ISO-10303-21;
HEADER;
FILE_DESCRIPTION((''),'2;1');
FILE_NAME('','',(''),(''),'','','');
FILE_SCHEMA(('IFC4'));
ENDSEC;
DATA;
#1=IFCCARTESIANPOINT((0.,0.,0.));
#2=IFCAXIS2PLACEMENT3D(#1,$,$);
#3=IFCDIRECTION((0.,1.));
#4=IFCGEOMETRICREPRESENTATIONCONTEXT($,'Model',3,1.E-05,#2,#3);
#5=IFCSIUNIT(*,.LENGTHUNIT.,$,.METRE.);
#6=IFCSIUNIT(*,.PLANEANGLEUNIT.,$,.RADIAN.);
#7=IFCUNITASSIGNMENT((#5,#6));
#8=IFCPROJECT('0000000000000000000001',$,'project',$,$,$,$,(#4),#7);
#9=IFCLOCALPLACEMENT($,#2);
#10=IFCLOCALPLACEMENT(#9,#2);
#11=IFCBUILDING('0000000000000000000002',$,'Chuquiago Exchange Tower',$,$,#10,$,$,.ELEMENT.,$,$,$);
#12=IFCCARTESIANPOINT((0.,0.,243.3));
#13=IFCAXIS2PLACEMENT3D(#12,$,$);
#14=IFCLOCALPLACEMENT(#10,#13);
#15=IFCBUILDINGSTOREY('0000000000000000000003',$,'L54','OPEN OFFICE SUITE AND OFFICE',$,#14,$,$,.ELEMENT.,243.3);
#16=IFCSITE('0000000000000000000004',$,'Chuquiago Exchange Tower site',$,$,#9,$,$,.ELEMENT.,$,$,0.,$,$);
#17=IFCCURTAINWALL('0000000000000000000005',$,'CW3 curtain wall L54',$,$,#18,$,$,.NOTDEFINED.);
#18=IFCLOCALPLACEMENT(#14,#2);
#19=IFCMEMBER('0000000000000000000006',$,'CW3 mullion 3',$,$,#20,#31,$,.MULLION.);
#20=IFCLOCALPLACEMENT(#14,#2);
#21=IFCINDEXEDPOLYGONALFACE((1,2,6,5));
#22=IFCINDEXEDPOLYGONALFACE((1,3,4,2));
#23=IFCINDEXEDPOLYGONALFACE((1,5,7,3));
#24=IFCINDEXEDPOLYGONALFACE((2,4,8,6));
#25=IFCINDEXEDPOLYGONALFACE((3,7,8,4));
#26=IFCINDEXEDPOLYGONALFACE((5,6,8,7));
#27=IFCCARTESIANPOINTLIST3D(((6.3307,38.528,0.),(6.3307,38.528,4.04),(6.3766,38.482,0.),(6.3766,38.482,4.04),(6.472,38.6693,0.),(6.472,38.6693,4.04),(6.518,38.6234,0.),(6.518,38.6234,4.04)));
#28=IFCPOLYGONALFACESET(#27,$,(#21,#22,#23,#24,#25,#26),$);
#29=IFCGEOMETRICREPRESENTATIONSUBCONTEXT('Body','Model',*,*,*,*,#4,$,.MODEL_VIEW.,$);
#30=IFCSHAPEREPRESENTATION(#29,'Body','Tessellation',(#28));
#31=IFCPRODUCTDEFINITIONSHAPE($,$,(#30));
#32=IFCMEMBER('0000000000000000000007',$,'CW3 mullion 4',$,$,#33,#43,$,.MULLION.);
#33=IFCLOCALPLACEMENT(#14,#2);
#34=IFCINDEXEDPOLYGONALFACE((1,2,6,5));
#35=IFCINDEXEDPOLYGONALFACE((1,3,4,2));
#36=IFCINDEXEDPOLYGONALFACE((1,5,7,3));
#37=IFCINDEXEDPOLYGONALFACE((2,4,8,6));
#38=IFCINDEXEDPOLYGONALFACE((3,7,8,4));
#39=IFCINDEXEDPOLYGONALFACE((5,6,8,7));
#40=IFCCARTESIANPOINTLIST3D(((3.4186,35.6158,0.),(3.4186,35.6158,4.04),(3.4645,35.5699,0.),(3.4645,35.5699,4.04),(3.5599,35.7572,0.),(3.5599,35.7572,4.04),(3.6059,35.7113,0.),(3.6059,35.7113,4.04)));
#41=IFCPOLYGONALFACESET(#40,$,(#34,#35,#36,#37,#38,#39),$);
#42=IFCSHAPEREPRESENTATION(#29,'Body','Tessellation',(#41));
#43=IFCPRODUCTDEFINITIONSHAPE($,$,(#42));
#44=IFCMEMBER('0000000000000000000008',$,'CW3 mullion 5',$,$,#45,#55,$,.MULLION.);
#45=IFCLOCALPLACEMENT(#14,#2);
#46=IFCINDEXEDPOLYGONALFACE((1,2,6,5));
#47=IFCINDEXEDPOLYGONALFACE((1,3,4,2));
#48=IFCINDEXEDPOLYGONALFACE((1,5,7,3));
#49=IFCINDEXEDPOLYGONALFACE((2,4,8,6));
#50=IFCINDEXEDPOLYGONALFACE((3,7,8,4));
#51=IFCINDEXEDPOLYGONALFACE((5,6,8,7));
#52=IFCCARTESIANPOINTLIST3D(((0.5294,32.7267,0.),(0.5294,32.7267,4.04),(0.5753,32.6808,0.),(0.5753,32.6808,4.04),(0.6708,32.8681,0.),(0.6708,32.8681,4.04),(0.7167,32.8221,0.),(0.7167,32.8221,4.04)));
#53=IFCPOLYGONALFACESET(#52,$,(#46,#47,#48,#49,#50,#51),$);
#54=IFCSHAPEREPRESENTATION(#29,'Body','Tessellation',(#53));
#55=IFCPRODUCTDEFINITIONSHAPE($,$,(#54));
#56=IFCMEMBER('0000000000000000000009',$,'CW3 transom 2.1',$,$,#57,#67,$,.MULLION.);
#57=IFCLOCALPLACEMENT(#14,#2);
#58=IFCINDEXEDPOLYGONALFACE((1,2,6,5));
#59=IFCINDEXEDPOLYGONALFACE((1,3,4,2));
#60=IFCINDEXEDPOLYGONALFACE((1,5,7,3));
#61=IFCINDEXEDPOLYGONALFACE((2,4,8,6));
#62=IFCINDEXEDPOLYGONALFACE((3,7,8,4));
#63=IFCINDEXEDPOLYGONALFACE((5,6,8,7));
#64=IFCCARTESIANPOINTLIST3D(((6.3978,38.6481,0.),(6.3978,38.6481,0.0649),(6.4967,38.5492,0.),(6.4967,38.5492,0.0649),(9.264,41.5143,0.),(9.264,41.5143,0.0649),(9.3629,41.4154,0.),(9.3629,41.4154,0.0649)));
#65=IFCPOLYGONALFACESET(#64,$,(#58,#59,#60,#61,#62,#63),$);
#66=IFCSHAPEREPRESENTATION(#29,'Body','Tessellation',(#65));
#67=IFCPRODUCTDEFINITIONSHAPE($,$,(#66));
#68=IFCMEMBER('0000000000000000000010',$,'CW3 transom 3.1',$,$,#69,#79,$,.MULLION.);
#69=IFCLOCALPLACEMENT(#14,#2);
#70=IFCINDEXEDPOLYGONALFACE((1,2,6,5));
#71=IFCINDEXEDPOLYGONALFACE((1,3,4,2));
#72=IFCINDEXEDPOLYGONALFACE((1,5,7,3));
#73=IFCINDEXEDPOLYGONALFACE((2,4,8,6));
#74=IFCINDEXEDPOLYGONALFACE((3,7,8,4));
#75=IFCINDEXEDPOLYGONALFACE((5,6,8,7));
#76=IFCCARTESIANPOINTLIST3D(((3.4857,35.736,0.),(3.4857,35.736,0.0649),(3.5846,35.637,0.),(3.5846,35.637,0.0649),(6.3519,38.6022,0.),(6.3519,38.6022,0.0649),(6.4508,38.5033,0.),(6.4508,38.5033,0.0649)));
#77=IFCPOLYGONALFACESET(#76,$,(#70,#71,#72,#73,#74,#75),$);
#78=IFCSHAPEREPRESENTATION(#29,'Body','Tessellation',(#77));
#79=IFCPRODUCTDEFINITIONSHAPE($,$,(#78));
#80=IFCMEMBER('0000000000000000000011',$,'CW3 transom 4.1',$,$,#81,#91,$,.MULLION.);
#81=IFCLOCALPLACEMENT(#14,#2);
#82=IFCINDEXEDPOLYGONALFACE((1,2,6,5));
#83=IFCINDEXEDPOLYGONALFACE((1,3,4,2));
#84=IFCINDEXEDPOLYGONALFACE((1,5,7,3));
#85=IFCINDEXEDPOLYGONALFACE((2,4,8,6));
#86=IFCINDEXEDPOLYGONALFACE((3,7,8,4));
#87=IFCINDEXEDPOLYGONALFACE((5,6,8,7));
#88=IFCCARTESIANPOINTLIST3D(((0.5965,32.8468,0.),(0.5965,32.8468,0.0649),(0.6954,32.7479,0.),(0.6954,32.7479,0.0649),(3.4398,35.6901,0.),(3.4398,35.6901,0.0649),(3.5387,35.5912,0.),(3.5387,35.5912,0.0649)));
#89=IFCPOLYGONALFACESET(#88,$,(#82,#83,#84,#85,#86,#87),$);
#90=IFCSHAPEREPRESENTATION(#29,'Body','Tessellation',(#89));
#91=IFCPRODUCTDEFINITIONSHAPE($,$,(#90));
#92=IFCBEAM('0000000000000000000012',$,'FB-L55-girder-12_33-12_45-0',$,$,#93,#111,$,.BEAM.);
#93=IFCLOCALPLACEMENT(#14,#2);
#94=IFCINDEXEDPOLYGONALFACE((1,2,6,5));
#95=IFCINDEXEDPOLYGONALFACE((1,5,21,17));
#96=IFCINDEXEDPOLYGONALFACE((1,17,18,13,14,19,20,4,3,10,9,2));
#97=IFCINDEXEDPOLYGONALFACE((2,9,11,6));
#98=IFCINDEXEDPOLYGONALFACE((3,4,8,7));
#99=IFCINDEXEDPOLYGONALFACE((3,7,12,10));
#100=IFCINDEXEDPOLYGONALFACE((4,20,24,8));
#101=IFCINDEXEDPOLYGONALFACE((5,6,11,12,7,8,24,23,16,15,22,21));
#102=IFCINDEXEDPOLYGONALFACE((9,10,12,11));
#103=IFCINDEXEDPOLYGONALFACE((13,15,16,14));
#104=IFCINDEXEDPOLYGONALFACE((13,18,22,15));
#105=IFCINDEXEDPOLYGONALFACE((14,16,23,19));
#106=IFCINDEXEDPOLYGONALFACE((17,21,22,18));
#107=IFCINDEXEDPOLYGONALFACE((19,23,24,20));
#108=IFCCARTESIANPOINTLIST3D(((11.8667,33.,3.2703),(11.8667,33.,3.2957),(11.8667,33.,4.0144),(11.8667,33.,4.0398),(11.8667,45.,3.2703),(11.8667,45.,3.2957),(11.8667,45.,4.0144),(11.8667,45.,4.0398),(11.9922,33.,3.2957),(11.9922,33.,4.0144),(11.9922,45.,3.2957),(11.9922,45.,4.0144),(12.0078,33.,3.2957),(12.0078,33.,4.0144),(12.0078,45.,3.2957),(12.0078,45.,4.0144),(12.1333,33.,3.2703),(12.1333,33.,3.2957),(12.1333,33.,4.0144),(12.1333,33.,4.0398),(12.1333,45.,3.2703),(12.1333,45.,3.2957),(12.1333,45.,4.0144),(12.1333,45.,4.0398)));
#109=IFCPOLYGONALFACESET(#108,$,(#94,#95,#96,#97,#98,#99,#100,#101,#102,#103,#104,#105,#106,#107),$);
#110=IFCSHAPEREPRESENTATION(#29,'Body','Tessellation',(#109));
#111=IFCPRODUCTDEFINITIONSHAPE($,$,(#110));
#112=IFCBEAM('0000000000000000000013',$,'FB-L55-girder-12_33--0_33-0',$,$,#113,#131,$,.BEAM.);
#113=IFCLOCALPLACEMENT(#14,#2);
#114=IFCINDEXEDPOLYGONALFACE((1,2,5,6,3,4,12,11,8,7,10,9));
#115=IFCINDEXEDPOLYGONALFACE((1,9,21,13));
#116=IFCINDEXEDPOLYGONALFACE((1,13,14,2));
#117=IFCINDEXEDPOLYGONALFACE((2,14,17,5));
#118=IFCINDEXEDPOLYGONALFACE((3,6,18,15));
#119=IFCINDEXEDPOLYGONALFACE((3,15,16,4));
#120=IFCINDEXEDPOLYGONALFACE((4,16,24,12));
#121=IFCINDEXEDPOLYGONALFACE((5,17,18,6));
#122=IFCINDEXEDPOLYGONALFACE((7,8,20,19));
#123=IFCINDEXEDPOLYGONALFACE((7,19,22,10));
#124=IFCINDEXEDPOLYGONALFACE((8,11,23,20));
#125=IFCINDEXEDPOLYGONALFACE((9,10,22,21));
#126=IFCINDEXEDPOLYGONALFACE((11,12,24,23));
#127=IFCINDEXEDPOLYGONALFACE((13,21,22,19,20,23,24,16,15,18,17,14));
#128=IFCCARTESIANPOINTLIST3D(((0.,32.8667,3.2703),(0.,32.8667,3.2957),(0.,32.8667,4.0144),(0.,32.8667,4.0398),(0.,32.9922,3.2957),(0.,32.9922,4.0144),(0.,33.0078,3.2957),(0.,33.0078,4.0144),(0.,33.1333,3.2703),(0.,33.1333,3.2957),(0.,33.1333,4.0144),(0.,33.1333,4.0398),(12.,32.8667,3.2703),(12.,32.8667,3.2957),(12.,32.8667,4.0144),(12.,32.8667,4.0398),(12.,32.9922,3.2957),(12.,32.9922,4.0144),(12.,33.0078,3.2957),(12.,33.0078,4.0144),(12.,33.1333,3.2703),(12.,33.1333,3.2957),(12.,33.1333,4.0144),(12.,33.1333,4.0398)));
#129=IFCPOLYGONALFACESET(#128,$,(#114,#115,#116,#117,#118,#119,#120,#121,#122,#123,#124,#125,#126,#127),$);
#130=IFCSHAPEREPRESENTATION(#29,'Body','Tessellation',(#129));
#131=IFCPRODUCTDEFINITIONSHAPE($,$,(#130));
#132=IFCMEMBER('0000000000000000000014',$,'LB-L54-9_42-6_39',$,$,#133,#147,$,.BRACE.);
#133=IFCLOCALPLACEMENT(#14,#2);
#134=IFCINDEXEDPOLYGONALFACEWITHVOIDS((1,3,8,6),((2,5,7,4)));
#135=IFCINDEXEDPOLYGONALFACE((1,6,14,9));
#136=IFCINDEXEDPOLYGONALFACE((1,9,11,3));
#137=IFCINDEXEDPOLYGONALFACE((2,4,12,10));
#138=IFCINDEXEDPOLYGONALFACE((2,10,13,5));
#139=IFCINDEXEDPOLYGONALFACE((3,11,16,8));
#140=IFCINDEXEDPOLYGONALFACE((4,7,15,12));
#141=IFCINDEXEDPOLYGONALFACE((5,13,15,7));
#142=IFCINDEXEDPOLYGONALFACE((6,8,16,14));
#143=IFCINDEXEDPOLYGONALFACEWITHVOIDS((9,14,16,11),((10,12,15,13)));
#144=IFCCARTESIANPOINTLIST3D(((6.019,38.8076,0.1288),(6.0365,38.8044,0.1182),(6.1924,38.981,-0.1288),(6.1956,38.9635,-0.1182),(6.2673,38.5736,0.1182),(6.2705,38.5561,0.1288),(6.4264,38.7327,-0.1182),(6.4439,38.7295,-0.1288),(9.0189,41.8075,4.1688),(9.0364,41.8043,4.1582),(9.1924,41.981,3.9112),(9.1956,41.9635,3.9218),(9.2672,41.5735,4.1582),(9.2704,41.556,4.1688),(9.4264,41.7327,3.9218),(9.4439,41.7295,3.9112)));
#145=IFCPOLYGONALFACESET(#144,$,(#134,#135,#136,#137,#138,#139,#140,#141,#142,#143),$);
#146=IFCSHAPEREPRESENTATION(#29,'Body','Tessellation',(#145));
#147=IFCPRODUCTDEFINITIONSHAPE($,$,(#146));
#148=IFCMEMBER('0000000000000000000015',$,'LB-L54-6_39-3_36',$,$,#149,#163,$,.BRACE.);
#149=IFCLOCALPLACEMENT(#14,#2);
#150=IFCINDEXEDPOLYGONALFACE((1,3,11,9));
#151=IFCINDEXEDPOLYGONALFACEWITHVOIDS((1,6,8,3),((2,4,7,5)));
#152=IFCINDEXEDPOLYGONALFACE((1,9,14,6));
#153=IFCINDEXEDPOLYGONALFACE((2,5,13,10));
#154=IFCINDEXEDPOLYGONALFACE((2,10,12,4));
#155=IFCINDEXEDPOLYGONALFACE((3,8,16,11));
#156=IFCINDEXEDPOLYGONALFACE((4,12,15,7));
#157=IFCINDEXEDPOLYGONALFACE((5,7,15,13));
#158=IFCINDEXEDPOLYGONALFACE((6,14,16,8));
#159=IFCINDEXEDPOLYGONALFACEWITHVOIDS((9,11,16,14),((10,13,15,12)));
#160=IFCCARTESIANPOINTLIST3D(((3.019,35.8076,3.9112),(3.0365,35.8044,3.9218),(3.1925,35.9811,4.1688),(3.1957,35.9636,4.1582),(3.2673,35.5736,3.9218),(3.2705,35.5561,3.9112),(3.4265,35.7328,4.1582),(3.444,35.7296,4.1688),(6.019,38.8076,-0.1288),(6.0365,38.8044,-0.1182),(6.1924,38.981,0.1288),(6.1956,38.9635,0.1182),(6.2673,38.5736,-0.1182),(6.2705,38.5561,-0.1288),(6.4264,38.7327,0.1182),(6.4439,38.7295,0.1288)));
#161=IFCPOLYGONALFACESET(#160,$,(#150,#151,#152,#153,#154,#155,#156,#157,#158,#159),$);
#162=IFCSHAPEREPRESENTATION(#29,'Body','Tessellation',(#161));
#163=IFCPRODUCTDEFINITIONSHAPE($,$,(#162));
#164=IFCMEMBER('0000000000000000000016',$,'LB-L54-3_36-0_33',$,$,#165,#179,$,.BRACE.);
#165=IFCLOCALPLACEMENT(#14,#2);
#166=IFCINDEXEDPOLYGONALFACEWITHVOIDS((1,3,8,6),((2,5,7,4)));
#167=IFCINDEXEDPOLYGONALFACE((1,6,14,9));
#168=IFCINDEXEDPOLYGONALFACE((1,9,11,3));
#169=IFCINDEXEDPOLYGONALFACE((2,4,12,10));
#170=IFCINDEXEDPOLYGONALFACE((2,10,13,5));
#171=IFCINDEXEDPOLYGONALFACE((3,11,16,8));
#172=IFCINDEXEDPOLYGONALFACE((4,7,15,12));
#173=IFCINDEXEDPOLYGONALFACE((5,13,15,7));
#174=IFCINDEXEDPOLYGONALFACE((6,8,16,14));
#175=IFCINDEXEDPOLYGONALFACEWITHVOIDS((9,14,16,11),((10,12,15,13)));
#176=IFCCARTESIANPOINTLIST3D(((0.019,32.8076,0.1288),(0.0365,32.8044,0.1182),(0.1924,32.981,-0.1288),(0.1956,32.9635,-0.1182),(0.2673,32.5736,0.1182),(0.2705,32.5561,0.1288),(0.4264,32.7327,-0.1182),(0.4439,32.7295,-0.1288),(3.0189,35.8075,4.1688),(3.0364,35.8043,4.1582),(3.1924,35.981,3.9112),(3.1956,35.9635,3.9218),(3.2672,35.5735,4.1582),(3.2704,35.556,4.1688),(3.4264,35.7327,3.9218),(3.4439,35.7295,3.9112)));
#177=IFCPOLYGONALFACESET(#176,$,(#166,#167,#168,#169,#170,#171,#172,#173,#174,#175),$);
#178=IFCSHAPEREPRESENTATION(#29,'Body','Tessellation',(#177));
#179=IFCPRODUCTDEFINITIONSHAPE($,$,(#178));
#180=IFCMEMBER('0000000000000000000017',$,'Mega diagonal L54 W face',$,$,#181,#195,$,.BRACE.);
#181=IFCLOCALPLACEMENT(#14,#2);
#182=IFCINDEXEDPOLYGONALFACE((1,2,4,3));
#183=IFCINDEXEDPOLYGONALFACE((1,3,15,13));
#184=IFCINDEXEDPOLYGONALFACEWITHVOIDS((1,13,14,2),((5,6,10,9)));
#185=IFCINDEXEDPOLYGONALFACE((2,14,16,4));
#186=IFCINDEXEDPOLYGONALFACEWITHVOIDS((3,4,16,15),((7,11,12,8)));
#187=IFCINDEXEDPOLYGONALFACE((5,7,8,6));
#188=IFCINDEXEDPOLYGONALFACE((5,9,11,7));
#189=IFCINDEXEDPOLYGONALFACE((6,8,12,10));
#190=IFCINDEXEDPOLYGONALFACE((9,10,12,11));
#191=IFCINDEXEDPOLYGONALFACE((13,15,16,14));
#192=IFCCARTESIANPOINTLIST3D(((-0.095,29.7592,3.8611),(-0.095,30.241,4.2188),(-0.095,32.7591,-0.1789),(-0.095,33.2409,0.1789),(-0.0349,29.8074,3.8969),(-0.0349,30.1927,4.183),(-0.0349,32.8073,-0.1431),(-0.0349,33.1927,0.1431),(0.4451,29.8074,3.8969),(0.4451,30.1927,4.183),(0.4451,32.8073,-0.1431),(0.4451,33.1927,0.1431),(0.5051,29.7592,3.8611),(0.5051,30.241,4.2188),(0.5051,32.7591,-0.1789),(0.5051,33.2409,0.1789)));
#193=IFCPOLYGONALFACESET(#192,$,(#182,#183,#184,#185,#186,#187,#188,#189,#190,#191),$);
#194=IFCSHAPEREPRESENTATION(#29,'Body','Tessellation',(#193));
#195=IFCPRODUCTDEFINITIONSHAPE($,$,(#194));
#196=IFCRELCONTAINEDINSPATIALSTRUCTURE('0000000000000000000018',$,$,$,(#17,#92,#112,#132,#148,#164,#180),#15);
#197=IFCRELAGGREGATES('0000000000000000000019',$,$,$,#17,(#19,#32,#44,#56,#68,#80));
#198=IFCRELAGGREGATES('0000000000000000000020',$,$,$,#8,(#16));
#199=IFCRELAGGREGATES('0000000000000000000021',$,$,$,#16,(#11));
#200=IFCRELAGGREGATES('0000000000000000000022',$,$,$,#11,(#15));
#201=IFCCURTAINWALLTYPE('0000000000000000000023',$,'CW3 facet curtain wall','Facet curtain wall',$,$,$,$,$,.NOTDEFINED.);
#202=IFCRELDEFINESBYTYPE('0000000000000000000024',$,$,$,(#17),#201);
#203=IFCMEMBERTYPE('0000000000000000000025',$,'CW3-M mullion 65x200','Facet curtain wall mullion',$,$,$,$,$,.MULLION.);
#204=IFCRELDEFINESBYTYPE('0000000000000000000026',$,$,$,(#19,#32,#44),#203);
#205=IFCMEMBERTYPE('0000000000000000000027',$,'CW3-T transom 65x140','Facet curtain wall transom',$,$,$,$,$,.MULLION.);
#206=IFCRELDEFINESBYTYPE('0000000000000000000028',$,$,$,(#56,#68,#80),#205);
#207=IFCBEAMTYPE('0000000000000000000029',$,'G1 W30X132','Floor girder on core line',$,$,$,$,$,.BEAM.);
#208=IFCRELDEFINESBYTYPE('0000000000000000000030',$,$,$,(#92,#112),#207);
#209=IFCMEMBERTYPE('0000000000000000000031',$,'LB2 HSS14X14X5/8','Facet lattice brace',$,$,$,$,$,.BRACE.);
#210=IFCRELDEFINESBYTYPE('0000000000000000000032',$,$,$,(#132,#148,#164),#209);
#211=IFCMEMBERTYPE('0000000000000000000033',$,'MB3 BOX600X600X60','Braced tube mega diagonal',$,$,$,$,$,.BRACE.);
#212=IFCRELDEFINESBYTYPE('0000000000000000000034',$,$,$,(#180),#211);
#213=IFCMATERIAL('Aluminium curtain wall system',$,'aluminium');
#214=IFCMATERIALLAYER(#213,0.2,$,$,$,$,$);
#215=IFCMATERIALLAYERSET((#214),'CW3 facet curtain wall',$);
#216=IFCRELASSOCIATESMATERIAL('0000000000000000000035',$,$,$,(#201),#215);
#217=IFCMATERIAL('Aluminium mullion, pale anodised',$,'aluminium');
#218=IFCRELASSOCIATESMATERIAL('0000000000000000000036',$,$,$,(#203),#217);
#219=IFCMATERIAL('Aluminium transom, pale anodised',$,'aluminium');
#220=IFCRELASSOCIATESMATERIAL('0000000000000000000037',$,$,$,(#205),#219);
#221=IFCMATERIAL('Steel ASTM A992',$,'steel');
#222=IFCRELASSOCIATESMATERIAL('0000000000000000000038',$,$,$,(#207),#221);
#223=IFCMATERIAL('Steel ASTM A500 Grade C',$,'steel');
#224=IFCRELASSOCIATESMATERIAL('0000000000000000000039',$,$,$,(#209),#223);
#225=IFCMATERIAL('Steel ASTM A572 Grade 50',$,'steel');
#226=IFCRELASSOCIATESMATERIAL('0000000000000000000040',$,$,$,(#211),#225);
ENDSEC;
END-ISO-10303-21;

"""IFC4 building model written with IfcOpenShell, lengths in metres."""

from ifc_helpers import new_model, si_unit, direction, frame, origin, origin_2d, place, context, subcontext, project, spatial, rectangle, hollow_rectangle, i_section, extrude, material, layer, layer_set, material_profile, profile_set, type_object, element, aggregate, save


model = new_model("IFC4")

# Units and contexts
model_context = context("Model", 3, precision=1e-05, world=origin(), true_north=direction((0.0, 1.0)))
body_context = subcontext(model_context, "Body", "Model", "MODEL_VIEW")
ifc_project = project(units=[si_unit("LENGTHUNIT", "METRE"), si_unit("PLANEANGLEUNIT", "RADIAN")], contexts=[model_context])

# Site, building, storey
site_placement = place(None, origin())
site = spatial("IfcSite", under=ifc_project, at=site_placement, Name="Chuquiago Exchange Tower site", CompositionType="ELEMENT", RefElevation=0.0)
building_placement = place(site_placement, origin())
building = spatial("IfcBuilding", under=site, at=building_placement, Name="Chuquiago Exchange Tower", CompositionType="ELEMENT")
storey_placement = place(building_placement, frame((0.0, 0.0, 243.3)))
storey = spatial("IfcBuildingStorey", under=building, at=storey_placement, Name="L54", Description="OPEN OFFICE SUITE AND OFFICE", CompositionType="ELEMENT", Elevation=243.3)

# Curtain wall, members
ifc_material_1 = material(Name="Aluminium curtain wall system", Category="aluminium")
ifc_layer_1 = layer(ifc_material_1, 0.2)
ifc_layer_set_1 = layer_set([ifc_layer_1], Name="CW3 facet curtain wall")
curtain_wall_type_1 = type_object("IfcCurtainWallType", Name="CW3 facet curtain wall", Description="Facet curtain wall", PredefinedType="NOTDEFINED", material=ifc_layer_set_1)
curtain_wall_1_placement = place(storey_placement, origin())
curtain_wall_1 = element("IfcCurtainWall", 1, at=curtain_wall_1_placement, inside=storey, type_object=curtain_wall_type_1, Name="CW3 curtain wall L54", PredefinedType="NOTDEFINED")
ifc_material_2 = material(Name="Aluminium mullion, pale anodised", Category="aluminium")
ifc_material_profile_1 = material_profile(ifc_material_2, rectangle(XDim=0.0649, YDim=0.2, at=origin_2d()), Name="AL 65x200")
ifc_profile_set_1 = profile_set([ifc_material_profile_1], Name="Aluminium mullion, pale anodised")
member_type_1 = type_object("IfcMemberType", Name="CW3-M mullion 65x200", Description="Facet curtain wall mullion", PredefinedType="MULLION", material=ifc_profile_set_1)
member_1_placement = place(storey_placement, frame((6.4243, 38.5757, 0.0), z_axis=(0.0, 0.0, 1.0), x_axis=(0.707107, -0.707107, 0.0)))
member_1 = element("IfcMember", 2, at=member_1_placement, type_object=member_type_1, Name="CW3 mullion 3", PredefinedType="MULLION", context=body_context, shape_type="SweptSolid", body=[
    extrude(rectangle(XDim=0.0649, YDim=0.2, at=origin_2d()), origin(), (0.0, 0.0, 1.0), 4.04),
])
member_2_placement = place(storey_placement, frame((3.5122, 35.6636, 0.0), z_axis=(0.0, 0.0, 1.0), x_axis=(0.707107, -0.707107, 0.0)))
member_2 = element("IfcMember", 3, at=member_2_placement, type_object=member_type_1, Name="CW3 mullion 4", PredefinedType="MULLION", context=body_context, shape_type="SweptSolid", body=[
    extrude(rectangle(XDim=0.0649, YDim=0.2, at=origin_2d()), origin(), (0.0, 0.0, 1.0), 4.04),
])
member_3_placement = place(storey_placement, frame((0.623, 32.7744, 0.0), z_axis=(0.0, 0.0, 1.0), x_axis=(0.707107, -0.707107, 0.0)))
member_3 = element("IfcMember", 4, at=member_3_placement, type_object=member_type_1, Name="CW3 mullion 5", PredefinedType="MULLION", context=body_context, shape_type="SweptSolid", body=[
    extrude(rectangle(XDim=0.0649, YDim=0.2, at=origin_2d()), origin(), (0.0, 0.0, 1.0), 4.04),
])
ifc_material_3 = material(Name="Aluminium transom, pale anodised", Category="aluminium")
ifc_material_profile_2 = material_profile(ifc_material_3, rectangle(XDim=0.1399, YDim=0.0649, at=origin_2d()), Name="AL 140x65")
ifc_profile_set_2 = profile_set([ifc_material_profile_2], Name="Aluminium transom, pale anodised")
member_type_2 = type_object("IfcMemberType", Name="CW3-T transom 65x140", Description="Facet curtain wall transom", PredefinedType="MULLION", material=ifc_profile_set_2)
member_4_placement = place(storey_placement, frame((9.3135, 41.4648, 0.0325), z_axis=(-0.707107, -0.707107, 0.0), x_axis=(0.707107, -0.707107, 0.0)))
member_4 = element("IfcMember", 5, at=member_4_placement, type_object=member_type_2, Name="CW3 transom 2.1", PredefinedType="MULLION", context=body_context, shape_type="SweptSolid", body=[
    extrude(rectangle(XDim=0.1399, YDim=0.0649, at=origin_2d()), origin(), (0.0, 0.0, 1.0), 4.0535),
])
member_5_placement = place(storey_placement, frame((6.4014, 38.5527, 0.0325), z_axis=(-0.707107, -0.707107, 0.0), x_axis=(0.707107, -0.707107, 0.0)))
member_5 = element("IfcMember", 6, at=member_5_placement, type_object=member_type_2, Name="CW3 transom 3.1", PredefinedType="MULLION", context=body_context, shape_type="SweptSolid", body=[
    extrude(rectangle(XDim=0.1399, YDim=0.0649, at=origin_2d()), origin(), (0.0, 0.0, 1.0), 4.0535),
])
member_6_placement = place(storey_placement, frame((3.4893, 35.6406, 0.0325), z_axis=(-0.707107, -0.707107, 0.0), x_axis=(0.707107, -0.707107, 0.0)))
member_6 = element("IfcMember", 7, at=member_6_placement, type_object=member_type_2, Name="CW3 transom 4.1", PredefinedType="MULLION", context=body_context, shape_type="SweptSolid", body=[
    extrude(rectangle(XDim=0.1399, YDim=0.0649, at=origin_2d()), origin(), (0.0, 0.0, 1.0), 4.021),
])

# Beams
ifc_material_4 = material(Name="Steel ASTM A992", Category="steel")
ifc_material_profile_3 = material_profile(ifc_material_4, i_section(OverallWidth=0.2666, OverallDepth=0.7695, WebThickness=0.0156, FlangeThickness=0.0254, at=origin_2d()), Name="W30X132")
ifc_profile_set_3 = profile_set([ifc_material_profile_3], Name="Steel ASTM A992")
beam_type_1 = type_object("IfcBeamType", Name="G1 W30X132", Description="Floor girder on core line", PredefinedType="BEAM", material=ifc_profile_set_3)
for number, where, z_axis, x_axis, name in (
    (8, (12.0, 33.0, 3.655), (0.0, 1.0, 0.0), (-1.0, 0.0, 0.0), "FB-L55-girder-12_33-12_45-0"),
    (9, (12.0, 33.0, 3.655), (-1.0, 0.0, 0.0), (0.0, -1.0, 0.0), "FB-L55-girder-12_33--0_33-0"),
):
    element("IfcBeam", number, at=place(storey_placement, frame(where, z_axis=z_axis, x_axis=x_axis)), inside=storey, type_object=beam_type_1, Name=name, PredefinedType="BEAM", context=body_context, shape_type="SweptSolid", body=[
        extrude(i_section(OverallWidth=0.2666, OverallDepth=0.7695, WebThickness=0.0156, FlangeThickness=0.0254, at=origin_2d()), origin(), (0.0, 0.0, 1.0), 12.0),
    ])

# Members
ifc_material_5 = material(Name="Steel ASTM A500 Grade C", Category="steel")
ifc_material_profile_4 = material_profile(ifc_material_5, hollow_rectangle(XDim=0.3557, YDim=0.3557, WallThickness=0.0146, at=origin_2d()), Name="HSS14X14X5/8")
ifc_profile_set_4 = profile_set([ifc_material_profile_4], Name="Steel ASTM A500 Grade C")
member_type_3 = type_object("IfcMemberType", Name="LB2 HSS14X14X5/8", Description="Facet lattice brace", PredefinedType="BRACE", material=ifc_profile_set_4)
for number, where, z_axis, x_axis, name in (
    (10, (6.2314, 38.7686, 0.0), (0.512077, 0.512077, 0.689604), (-0.707107, 0.707107, 0.0), "LB-L54-9_42-6_39"),
    (11, (6.2314, 38.7686, 0.0), (-0.512077, -0.512077, 0.689604), (0.707107, -0.707107, 0.0), "LB-L54-6_39-3_36"),
    (12, (0.2314, 32.7686, 0.0), (0.512077, 0.512077, 0.689604), (-0.707107, 0.707107, 0.0), "LB-L54-3_36-0_33"),
):
    element("IfcMember", number, at=place(storey_placement, frame(where, z_axis=z_axis, x_axis=x_axis)), inside=storey, type_object=member_type_3, Name=name, PredefinedType="BRACE", context=body_context, shape_type="SweptSolid", body=[
        extrude(hollow_rectangle(XDim=0.3557, YDim=0.3557, WallThickness=0.0146, at=origin_2d()), origin(), (0.0, 0.0, 1.0), 5.8584),
    ])
ifc_material_6 = material(Name="Steel ASTM A572 Grade 50", Category="steel")
ifc_material_profile_5 = material_profile(ifc_material_6, hollow_rectangle(XDim=0.6001, YDim=0.6001, WallThickness=0.0601, at=origin_2d()), Name="BOX600X600X60")
ifc_profile_set_5 = profile_set([ifc_material_profile_5], Name="Steel ASTM A572 Grade 50")
member_type_4 = type_object("IfcMemberType", Name="MB3 BOX600X600X60", Description="Braced tube mega diagonal", PredefinedType="BRACE", material=ifc_profile_set_5)
member_7_placement = place(storey_placement, frame((0.2051, 33.0, 0.0), z_axis=(0.0, -0.596174, 0.802855), x_axis=(1.0, 0.0, 0.0)))
element("IfcMember", 13, at=member_7_placement, inside=storey, type_object=member_type_4, Name="Mega diagonal L54 W face", PredefinedType="BRACE", context=body_context, shape_type="SweptSolid", body=[
    extrude(hollow_rectangle(XDim=0.6001, YDim=0.6001, WallThickness=0.0601, at=origin_2d()), origin(), (0.0, 0.0, 1.0), 5.032),
])

aggregate(curtain_wall_1, [member_1, member_2, member_3, member_4, member_5, member_6])

save(model, "model.ifc")
